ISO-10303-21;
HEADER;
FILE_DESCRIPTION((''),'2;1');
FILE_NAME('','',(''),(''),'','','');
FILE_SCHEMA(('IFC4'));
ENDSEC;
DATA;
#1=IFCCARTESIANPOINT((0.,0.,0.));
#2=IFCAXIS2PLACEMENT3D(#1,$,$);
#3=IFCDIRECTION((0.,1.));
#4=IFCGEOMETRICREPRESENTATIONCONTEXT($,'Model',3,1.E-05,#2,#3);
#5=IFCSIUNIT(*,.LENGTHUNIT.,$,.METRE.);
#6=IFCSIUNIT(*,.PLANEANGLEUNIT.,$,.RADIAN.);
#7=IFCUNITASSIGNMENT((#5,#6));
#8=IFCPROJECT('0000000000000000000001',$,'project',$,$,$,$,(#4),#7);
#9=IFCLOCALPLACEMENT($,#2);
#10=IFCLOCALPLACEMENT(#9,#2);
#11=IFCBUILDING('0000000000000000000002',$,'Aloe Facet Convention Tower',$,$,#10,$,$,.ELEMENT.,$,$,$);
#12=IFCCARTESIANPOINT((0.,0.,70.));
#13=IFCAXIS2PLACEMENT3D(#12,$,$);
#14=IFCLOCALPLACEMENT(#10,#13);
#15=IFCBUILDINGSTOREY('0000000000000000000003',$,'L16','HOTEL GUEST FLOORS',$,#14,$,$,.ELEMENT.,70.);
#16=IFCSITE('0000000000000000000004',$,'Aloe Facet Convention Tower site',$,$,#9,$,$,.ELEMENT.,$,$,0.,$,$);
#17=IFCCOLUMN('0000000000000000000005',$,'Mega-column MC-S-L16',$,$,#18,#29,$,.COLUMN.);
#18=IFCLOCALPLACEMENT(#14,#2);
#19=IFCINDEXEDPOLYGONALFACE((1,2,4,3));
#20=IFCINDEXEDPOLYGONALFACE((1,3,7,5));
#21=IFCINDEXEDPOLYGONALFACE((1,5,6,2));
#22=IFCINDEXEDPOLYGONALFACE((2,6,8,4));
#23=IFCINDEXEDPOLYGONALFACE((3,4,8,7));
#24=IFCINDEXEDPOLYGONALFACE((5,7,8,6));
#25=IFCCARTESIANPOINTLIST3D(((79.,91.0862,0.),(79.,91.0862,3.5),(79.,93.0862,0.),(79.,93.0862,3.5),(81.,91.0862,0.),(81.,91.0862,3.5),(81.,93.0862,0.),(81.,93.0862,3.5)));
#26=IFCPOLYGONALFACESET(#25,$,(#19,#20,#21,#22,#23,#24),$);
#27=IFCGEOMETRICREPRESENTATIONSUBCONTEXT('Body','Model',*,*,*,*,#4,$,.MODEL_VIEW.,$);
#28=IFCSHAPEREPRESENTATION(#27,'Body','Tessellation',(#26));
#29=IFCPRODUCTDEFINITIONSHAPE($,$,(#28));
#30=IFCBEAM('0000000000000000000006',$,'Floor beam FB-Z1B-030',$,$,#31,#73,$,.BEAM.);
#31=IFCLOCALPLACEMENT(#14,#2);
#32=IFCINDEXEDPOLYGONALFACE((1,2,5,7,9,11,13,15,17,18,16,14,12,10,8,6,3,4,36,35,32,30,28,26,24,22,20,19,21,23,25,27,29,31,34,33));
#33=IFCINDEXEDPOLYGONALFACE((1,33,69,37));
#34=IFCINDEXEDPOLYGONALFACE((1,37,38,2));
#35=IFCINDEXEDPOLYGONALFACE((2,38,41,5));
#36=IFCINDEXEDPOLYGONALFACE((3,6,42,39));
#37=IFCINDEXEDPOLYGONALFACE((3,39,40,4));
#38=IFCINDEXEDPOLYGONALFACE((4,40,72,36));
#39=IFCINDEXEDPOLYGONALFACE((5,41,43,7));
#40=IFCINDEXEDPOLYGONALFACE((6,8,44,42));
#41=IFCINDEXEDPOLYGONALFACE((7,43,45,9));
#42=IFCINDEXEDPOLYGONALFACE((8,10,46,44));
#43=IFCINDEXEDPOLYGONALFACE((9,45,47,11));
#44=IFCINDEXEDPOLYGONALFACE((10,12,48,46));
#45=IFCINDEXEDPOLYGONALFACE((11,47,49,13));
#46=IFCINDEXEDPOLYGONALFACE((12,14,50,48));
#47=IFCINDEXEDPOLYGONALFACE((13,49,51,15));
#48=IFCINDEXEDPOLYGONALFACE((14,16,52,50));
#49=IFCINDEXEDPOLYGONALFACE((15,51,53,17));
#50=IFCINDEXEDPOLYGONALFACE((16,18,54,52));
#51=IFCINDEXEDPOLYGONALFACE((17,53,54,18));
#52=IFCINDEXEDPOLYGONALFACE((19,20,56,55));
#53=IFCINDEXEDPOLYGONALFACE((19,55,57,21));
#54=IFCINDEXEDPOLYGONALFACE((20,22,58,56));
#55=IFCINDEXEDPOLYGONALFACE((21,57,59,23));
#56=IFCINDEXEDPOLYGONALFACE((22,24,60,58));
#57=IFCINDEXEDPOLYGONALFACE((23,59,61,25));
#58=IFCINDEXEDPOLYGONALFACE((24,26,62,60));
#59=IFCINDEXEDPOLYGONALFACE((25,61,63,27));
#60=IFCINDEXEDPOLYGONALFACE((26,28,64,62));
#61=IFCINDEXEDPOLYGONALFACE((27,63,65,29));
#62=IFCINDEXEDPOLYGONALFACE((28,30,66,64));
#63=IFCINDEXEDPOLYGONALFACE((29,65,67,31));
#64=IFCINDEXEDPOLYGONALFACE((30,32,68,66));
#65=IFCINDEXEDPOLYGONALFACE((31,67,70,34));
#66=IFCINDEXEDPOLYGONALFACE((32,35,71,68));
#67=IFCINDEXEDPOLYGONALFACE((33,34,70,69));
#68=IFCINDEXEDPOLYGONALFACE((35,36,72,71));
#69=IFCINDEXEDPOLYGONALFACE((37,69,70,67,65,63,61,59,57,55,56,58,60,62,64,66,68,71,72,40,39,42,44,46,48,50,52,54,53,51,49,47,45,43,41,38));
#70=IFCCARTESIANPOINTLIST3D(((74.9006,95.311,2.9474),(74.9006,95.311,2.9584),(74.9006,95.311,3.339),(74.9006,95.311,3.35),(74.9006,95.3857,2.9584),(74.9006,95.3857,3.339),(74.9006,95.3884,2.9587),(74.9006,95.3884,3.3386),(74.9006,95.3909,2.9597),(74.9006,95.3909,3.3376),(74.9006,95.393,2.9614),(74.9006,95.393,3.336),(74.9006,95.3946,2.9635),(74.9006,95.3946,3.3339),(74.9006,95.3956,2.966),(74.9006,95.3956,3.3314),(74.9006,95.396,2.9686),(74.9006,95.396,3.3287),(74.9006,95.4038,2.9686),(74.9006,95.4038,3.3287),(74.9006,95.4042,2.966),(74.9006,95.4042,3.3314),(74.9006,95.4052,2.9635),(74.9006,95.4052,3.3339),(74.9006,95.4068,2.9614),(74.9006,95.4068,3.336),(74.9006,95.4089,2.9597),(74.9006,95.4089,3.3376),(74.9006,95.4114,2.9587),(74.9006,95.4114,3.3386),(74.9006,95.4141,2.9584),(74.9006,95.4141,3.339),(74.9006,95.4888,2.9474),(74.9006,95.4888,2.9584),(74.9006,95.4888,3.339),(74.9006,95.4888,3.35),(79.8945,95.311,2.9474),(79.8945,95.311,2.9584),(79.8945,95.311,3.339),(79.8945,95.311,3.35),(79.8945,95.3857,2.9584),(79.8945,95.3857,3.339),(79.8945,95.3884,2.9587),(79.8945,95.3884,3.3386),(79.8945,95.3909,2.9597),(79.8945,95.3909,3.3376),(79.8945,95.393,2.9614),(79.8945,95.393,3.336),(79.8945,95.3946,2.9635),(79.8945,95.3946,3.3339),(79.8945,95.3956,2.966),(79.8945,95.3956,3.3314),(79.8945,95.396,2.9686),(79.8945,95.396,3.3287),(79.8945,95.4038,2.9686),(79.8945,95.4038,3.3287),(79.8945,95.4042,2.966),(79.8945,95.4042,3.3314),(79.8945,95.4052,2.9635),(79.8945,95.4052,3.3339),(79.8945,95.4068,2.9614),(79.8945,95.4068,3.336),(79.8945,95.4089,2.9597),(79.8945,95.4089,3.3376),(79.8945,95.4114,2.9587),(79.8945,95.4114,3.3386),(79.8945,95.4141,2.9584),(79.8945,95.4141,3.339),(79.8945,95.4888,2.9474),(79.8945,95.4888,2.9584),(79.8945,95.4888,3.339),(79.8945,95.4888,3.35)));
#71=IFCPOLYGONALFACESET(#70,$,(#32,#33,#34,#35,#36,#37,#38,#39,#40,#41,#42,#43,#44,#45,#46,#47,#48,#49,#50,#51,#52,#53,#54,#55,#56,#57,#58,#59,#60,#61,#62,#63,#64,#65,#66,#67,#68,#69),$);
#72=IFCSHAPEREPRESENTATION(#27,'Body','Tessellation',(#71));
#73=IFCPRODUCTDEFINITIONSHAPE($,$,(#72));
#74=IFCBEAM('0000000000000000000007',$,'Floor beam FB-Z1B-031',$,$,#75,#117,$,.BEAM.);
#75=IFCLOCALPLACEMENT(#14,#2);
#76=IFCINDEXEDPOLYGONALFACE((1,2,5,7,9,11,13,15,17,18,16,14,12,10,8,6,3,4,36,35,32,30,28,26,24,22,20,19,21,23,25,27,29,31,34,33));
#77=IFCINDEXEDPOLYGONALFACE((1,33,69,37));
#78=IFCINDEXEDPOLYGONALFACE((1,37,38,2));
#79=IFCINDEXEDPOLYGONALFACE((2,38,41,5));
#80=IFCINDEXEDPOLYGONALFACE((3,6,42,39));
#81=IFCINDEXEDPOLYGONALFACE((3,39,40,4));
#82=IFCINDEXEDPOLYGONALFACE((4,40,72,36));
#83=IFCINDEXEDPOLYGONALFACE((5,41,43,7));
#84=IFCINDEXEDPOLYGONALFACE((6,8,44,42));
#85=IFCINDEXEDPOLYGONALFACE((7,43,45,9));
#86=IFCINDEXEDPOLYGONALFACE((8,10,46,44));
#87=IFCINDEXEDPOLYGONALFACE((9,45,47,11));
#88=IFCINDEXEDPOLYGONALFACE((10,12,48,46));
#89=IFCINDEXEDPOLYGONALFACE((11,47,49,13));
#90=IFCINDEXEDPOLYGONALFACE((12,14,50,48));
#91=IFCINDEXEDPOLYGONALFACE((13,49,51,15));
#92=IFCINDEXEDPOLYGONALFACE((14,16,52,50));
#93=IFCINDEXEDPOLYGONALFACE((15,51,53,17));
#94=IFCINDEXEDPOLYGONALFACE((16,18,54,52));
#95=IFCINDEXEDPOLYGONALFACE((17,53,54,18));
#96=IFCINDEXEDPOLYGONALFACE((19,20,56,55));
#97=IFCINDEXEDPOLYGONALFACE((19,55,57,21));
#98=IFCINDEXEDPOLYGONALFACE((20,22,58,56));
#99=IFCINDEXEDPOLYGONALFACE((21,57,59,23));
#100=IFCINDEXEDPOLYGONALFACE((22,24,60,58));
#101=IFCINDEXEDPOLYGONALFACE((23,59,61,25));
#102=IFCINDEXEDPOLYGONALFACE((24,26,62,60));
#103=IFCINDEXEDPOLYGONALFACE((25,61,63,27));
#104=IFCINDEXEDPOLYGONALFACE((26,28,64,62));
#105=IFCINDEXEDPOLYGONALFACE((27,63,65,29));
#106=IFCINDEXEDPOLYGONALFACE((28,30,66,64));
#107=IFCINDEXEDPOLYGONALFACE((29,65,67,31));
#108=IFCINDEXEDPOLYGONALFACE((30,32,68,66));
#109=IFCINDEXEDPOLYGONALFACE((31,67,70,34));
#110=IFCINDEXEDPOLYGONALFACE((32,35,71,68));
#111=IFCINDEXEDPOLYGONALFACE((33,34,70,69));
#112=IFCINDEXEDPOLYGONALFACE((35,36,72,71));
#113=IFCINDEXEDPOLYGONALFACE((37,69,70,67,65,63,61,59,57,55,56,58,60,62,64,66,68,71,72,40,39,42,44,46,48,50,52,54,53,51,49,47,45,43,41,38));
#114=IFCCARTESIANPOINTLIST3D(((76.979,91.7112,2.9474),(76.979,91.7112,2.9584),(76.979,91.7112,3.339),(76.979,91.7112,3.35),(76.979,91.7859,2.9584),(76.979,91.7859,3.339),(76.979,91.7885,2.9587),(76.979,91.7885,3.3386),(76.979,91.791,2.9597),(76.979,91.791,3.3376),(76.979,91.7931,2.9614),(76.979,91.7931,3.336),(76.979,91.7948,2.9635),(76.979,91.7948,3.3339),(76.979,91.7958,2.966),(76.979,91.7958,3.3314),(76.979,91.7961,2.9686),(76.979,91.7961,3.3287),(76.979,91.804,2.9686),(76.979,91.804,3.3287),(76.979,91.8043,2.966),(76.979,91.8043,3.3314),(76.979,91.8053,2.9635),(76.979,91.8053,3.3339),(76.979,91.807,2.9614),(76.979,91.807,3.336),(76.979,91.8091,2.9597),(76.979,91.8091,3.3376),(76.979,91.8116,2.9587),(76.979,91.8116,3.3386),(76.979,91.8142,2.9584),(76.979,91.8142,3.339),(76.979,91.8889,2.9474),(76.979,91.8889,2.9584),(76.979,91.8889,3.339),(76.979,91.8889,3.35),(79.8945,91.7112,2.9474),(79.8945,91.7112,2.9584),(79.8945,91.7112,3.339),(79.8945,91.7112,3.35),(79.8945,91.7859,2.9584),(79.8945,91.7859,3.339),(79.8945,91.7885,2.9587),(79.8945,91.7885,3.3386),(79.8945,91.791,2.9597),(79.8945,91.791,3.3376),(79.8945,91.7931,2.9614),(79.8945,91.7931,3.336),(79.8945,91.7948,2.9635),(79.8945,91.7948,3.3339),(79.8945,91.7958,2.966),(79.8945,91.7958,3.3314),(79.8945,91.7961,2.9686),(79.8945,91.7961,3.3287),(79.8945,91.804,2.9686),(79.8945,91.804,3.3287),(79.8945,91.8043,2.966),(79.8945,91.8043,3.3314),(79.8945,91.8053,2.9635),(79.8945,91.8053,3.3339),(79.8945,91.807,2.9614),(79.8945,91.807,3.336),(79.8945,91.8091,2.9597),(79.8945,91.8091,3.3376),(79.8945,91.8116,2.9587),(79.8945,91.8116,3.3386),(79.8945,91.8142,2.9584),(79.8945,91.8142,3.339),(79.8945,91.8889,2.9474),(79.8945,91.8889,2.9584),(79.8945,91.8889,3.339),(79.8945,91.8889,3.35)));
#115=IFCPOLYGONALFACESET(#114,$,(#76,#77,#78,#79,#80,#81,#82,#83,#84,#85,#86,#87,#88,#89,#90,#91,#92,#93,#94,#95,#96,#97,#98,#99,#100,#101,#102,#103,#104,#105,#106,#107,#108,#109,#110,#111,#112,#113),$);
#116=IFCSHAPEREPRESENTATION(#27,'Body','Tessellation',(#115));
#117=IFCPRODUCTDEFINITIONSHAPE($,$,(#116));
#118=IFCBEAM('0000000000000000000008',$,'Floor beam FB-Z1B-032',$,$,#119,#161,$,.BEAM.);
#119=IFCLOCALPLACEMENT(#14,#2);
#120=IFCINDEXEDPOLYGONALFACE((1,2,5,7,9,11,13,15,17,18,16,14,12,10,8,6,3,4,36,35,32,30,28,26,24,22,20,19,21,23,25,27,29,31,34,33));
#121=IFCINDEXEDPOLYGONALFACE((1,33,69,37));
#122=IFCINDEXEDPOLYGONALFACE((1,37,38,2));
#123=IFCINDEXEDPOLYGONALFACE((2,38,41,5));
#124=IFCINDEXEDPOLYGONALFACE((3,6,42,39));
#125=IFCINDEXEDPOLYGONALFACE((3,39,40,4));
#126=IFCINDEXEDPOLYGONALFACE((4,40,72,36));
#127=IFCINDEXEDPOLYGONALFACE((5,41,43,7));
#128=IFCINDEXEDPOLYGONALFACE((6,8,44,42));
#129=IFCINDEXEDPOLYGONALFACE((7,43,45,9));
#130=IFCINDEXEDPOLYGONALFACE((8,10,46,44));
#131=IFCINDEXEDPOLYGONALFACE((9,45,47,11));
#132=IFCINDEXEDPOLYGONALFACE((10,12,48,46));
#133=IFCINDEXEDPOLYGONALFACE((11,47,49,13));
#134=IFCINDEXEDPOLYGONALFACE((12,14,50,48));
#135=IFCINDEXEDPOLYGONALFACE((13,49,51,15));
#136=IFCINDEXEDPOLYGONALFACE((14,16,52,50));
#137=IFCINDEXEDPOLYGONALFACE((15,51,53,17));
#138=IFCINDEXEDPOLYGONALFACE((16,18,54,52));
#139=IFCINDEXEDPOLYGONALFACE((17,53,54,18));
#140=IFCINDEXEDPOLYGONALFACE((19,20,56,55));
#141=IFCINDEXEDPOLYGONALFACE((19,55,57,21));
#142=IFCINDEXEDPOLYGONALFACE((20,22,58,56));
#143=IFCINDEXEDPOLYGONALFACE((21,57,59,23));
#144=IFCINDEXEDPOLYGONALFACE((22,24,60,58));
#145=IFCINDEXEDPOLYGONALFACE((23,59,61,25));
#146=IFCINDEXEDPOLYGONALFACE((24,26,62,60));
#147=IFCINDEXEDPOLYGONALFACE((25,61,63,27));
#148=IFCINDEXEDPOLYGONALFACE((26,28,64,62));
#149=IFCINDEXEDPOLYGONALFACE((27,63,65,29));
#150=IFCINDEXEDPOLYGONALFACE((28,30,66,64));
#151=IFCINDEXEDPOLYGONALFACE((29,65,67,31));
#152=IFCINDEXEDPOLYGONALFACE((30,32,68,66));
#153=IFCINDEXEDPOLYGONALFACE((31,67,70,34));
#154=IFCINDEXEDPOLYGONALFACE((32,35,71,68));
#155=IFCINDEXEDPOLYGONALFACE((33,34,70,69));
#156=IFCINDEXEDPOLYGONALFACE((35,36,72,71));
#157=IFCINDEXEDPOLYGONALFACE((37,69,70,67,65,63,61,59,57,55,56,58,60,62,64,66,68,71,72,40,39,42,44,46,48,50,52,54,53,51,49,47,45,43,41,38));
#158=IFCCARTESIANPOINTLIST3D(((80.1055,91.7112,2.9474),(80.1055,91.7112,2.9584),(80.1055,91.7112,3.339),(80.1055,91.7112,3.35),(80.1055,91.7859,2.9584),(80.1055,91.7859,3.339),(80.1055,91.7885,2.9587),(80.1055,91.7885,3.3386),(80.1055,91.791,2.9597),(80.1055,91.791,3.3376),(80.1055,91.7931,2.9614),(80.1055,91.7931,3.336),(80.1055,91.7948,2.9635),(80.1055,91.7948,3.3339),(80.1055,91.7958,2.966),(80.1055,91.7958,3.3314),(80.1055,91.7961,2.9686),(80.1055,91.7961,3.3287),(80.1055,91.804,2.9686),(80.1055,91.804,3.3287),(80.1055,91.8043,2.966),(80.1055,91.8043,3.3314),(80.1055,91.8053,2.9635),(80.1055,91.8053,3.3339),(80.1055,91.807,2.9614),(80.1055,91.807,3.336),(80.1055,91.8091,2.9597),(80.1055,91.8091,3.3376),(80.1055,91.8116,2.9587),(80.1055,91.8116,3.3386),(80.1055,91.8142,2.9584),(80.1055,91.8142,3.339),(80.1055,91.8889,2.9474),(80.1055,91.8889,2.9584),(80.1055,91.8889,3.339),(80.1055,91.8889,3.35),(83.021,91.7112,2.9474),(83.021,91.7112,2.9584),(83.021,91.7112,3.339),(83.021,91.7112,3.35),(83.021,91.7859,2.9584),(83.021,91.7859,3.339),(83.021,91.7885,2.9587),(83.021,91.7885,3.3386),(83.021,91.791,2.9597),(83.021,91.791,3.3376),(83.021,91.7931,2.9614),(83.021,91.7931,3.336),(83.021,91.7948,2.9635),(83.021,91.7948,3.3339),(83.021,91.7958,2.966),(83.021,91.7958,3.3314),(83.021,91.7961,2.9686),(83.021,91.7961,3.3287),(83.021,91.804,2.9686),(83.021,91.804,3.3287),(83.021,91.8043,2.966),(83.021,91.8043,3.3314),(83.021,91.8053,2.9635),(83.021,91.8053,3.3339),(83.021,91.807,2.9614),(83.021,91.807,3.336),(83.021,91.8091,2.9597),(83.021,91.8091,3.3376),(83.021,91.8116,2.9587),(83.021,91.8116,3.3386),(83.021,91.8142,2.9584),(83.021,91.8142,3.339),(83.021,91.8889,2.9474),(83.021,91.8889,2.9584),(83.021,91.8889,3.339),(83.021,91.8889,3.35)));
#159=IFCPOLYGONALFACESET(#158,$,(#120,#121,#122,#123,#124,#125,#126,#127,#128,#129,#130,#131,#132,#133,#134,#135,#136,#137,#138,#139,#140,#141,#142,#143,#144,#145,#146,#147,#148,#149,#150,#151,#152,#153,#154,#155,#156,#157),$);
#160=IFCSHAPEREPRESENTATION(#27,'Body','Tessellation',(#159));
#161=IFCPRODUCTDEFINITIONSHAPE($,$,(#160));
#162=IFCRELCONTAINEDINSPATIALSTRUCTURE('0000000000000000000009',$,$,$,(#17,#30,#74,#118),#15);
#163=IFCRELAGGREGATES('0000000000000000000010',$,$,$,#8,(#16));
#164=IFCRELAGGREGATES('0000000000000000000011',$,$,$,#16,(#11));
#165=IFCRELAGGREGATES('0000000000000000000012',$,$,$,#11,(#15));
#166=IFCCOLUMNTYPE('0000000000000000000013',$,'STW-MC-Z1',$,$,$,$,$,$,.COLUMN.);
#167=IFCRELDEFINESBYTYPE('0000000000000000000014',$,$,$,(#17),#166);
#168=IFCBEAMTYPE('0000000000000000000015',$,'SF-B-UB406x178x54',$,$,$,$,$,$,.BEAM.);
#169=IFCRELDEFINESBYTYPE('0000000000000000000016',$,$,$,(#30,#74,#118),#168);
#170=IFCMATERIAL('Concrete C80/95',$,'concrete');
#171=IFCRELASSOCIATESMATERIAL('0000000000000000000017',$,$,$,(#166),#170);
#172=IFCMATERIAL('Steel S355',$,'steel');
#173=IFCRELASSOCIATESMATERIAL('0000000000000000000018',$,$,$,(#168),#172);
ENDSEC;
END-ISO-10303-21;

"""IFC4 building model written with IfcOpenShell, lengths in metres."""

from ifc_helpers import new_model, si_unit, direction, frame, origin, origin_2d, place, context, subcontext, project, spatial, rectangle, i_section, extrude, material, material_profile, profile_set, type_object, element, save


model = new_model("IFC4")

# Units and contexts
model_context = context("Model", 3, precision=1e-05, world=origin(), true_north=direction((0.0, 1.0)))
body_context = subcontext(model_context, "Body", "Model", "MODEL_VIEW")
ifc_project = project(units=[si_unit("LENGTHUNIT", "METRE"), si_unit("PLANEANGLEUNIT", "RADIAN")], contexts=[model_context])

# Site, building, storey
site_placement = place(None, origin())
site = spatial("IfcSite", under=ifc_project, at=site_placement, Name="Aloe Facet Convention Tower site", CompositionType="ELEMENT", RefElevation=0.0)
building_placement = place(site_placement, origin())
building = spatial("IfcBuilding", under=site, at=building_placement, Name="Aloe Facet Convention Tower", CompositionType="ELEMENT")
storey_placement = place(building_placement, frame((0.0, 0.0, 70.0)))
storey = spatial("IfcBuildingStorey", under=building, at=storey_placement, Name="L16", Description="HOTEL GUEST FLOORS", CompositionType="ELEMENT", Elevation=70.0)

# Column
ifc_material_1 = material(Name="Concrete C80/95", Category="concrete")
ifc_material_profile_1 = material_profile(ifc_material_1, rectangle(XDim=2.0, YDim=2.0, at=origin_2d()), Name="STW-MC-Z1")
ifc_profile_set_1 = profile_set([ifc_material_profile_1], Name="Concrete C80/95")
column_type = type_object("IfcColumnType", Name="STW-MC-Z1", PredefinedType="COLUMN", material=ifc_profile_set_1)
column_placement = place(storey_placement, frame((80.0, 92.0862, 0.0), z_axis=(0.0, 0.0, 1.0), x_axis=(1.0, 0.0, 0.0)))
element("IfcColumn", 1, at=column_placement, inside=storey, type_object=column_type, Name="Mega-column MC-S-L16", PredefinedType="COLUMN", context=body_context, shape_type="SweptSolid", body=[
    extrude(rectangle(XDim=2.0, YDim=2.0, at=origin_2d()), origin(), (0.0, 0.0, 1.0), 3.5),
])

# Beams
ifc_material_2 = material(Name="Steel S355", Category="steel")
ifc_material_profile_2 = material_profile(ifc_material_2, i_section(OverallWidth=0.1777, OverallDepth=0.4026, WebThickness=0.0078, FlangeThickness=0.011, FilletRadius=0.0103, at=origin_2d()), Name="UB 406x178x54")
ifc_profile_set_2 = profile_set([ifc_material_profile_2], Name="Steel S355")
beam_type_1 = type_object("IfcBeamType", Name="SF-B-UB406x178x54", PredefinedType="BEAM", material=ifc_profile_set_2)
beam_1_placement = place(storey_placement, frame((74.9006, 95.3999, 3.1487), z_axis=(1.0, 0.0, 0.0), x_axis=(0.0, 1.0, 0.0)))
element("IfcBeam", 2, at=beam_1_placement, inside=storey, type_object=beam_type_1, Name="Floor beam FB-Z1B-030", PredefinedType="BEAM", context=body_context, shape_type="SweptSolid", body=[
    extrude(i_section(OverallWidth=0.1777, OverallDepth=0.4026, WebThickness=0.0078, FlangeThickness=0.011, FilletRadius=0.0103, at=origin_2d()), origin(), (0.0, 0.0, 1.0), 4.9939),
])
for number, where, z_axis, x_axis, name in (
    (3, (76.979, 91.8, 3.1487), (1.0, 0.0, 0.0), (0.0, 1.0, 0.0), "Floor beam FB-Z1B-031"),
    (4, (80.1055, 91.8, 3.1487), (1.0, 0.0, 0.0), (0.0, 1.0, 0.0), "Floor beam FB-Z1B-032"),
):
    element("IfcBeam", number, at=place(storey_placement, frame(where, z_axis=z_axis, x_axis=x_axis)), inside=storey, type_object=beam_type_1, Name=name, PredefinedType="BEAM", context=body_context, shape_type="SweptSolid", body=[
        extrude(i_section(OverallWidth=0.1777, OverallDepth=0.4026, WebThickness=0.0078, FlangeThickness=0.011, FilletRadius=0.0103, at=origin_2d()), origin(), (0.0, 0.0, 1.0), 2.9155),
    ])

save(model, "model.ifc")
